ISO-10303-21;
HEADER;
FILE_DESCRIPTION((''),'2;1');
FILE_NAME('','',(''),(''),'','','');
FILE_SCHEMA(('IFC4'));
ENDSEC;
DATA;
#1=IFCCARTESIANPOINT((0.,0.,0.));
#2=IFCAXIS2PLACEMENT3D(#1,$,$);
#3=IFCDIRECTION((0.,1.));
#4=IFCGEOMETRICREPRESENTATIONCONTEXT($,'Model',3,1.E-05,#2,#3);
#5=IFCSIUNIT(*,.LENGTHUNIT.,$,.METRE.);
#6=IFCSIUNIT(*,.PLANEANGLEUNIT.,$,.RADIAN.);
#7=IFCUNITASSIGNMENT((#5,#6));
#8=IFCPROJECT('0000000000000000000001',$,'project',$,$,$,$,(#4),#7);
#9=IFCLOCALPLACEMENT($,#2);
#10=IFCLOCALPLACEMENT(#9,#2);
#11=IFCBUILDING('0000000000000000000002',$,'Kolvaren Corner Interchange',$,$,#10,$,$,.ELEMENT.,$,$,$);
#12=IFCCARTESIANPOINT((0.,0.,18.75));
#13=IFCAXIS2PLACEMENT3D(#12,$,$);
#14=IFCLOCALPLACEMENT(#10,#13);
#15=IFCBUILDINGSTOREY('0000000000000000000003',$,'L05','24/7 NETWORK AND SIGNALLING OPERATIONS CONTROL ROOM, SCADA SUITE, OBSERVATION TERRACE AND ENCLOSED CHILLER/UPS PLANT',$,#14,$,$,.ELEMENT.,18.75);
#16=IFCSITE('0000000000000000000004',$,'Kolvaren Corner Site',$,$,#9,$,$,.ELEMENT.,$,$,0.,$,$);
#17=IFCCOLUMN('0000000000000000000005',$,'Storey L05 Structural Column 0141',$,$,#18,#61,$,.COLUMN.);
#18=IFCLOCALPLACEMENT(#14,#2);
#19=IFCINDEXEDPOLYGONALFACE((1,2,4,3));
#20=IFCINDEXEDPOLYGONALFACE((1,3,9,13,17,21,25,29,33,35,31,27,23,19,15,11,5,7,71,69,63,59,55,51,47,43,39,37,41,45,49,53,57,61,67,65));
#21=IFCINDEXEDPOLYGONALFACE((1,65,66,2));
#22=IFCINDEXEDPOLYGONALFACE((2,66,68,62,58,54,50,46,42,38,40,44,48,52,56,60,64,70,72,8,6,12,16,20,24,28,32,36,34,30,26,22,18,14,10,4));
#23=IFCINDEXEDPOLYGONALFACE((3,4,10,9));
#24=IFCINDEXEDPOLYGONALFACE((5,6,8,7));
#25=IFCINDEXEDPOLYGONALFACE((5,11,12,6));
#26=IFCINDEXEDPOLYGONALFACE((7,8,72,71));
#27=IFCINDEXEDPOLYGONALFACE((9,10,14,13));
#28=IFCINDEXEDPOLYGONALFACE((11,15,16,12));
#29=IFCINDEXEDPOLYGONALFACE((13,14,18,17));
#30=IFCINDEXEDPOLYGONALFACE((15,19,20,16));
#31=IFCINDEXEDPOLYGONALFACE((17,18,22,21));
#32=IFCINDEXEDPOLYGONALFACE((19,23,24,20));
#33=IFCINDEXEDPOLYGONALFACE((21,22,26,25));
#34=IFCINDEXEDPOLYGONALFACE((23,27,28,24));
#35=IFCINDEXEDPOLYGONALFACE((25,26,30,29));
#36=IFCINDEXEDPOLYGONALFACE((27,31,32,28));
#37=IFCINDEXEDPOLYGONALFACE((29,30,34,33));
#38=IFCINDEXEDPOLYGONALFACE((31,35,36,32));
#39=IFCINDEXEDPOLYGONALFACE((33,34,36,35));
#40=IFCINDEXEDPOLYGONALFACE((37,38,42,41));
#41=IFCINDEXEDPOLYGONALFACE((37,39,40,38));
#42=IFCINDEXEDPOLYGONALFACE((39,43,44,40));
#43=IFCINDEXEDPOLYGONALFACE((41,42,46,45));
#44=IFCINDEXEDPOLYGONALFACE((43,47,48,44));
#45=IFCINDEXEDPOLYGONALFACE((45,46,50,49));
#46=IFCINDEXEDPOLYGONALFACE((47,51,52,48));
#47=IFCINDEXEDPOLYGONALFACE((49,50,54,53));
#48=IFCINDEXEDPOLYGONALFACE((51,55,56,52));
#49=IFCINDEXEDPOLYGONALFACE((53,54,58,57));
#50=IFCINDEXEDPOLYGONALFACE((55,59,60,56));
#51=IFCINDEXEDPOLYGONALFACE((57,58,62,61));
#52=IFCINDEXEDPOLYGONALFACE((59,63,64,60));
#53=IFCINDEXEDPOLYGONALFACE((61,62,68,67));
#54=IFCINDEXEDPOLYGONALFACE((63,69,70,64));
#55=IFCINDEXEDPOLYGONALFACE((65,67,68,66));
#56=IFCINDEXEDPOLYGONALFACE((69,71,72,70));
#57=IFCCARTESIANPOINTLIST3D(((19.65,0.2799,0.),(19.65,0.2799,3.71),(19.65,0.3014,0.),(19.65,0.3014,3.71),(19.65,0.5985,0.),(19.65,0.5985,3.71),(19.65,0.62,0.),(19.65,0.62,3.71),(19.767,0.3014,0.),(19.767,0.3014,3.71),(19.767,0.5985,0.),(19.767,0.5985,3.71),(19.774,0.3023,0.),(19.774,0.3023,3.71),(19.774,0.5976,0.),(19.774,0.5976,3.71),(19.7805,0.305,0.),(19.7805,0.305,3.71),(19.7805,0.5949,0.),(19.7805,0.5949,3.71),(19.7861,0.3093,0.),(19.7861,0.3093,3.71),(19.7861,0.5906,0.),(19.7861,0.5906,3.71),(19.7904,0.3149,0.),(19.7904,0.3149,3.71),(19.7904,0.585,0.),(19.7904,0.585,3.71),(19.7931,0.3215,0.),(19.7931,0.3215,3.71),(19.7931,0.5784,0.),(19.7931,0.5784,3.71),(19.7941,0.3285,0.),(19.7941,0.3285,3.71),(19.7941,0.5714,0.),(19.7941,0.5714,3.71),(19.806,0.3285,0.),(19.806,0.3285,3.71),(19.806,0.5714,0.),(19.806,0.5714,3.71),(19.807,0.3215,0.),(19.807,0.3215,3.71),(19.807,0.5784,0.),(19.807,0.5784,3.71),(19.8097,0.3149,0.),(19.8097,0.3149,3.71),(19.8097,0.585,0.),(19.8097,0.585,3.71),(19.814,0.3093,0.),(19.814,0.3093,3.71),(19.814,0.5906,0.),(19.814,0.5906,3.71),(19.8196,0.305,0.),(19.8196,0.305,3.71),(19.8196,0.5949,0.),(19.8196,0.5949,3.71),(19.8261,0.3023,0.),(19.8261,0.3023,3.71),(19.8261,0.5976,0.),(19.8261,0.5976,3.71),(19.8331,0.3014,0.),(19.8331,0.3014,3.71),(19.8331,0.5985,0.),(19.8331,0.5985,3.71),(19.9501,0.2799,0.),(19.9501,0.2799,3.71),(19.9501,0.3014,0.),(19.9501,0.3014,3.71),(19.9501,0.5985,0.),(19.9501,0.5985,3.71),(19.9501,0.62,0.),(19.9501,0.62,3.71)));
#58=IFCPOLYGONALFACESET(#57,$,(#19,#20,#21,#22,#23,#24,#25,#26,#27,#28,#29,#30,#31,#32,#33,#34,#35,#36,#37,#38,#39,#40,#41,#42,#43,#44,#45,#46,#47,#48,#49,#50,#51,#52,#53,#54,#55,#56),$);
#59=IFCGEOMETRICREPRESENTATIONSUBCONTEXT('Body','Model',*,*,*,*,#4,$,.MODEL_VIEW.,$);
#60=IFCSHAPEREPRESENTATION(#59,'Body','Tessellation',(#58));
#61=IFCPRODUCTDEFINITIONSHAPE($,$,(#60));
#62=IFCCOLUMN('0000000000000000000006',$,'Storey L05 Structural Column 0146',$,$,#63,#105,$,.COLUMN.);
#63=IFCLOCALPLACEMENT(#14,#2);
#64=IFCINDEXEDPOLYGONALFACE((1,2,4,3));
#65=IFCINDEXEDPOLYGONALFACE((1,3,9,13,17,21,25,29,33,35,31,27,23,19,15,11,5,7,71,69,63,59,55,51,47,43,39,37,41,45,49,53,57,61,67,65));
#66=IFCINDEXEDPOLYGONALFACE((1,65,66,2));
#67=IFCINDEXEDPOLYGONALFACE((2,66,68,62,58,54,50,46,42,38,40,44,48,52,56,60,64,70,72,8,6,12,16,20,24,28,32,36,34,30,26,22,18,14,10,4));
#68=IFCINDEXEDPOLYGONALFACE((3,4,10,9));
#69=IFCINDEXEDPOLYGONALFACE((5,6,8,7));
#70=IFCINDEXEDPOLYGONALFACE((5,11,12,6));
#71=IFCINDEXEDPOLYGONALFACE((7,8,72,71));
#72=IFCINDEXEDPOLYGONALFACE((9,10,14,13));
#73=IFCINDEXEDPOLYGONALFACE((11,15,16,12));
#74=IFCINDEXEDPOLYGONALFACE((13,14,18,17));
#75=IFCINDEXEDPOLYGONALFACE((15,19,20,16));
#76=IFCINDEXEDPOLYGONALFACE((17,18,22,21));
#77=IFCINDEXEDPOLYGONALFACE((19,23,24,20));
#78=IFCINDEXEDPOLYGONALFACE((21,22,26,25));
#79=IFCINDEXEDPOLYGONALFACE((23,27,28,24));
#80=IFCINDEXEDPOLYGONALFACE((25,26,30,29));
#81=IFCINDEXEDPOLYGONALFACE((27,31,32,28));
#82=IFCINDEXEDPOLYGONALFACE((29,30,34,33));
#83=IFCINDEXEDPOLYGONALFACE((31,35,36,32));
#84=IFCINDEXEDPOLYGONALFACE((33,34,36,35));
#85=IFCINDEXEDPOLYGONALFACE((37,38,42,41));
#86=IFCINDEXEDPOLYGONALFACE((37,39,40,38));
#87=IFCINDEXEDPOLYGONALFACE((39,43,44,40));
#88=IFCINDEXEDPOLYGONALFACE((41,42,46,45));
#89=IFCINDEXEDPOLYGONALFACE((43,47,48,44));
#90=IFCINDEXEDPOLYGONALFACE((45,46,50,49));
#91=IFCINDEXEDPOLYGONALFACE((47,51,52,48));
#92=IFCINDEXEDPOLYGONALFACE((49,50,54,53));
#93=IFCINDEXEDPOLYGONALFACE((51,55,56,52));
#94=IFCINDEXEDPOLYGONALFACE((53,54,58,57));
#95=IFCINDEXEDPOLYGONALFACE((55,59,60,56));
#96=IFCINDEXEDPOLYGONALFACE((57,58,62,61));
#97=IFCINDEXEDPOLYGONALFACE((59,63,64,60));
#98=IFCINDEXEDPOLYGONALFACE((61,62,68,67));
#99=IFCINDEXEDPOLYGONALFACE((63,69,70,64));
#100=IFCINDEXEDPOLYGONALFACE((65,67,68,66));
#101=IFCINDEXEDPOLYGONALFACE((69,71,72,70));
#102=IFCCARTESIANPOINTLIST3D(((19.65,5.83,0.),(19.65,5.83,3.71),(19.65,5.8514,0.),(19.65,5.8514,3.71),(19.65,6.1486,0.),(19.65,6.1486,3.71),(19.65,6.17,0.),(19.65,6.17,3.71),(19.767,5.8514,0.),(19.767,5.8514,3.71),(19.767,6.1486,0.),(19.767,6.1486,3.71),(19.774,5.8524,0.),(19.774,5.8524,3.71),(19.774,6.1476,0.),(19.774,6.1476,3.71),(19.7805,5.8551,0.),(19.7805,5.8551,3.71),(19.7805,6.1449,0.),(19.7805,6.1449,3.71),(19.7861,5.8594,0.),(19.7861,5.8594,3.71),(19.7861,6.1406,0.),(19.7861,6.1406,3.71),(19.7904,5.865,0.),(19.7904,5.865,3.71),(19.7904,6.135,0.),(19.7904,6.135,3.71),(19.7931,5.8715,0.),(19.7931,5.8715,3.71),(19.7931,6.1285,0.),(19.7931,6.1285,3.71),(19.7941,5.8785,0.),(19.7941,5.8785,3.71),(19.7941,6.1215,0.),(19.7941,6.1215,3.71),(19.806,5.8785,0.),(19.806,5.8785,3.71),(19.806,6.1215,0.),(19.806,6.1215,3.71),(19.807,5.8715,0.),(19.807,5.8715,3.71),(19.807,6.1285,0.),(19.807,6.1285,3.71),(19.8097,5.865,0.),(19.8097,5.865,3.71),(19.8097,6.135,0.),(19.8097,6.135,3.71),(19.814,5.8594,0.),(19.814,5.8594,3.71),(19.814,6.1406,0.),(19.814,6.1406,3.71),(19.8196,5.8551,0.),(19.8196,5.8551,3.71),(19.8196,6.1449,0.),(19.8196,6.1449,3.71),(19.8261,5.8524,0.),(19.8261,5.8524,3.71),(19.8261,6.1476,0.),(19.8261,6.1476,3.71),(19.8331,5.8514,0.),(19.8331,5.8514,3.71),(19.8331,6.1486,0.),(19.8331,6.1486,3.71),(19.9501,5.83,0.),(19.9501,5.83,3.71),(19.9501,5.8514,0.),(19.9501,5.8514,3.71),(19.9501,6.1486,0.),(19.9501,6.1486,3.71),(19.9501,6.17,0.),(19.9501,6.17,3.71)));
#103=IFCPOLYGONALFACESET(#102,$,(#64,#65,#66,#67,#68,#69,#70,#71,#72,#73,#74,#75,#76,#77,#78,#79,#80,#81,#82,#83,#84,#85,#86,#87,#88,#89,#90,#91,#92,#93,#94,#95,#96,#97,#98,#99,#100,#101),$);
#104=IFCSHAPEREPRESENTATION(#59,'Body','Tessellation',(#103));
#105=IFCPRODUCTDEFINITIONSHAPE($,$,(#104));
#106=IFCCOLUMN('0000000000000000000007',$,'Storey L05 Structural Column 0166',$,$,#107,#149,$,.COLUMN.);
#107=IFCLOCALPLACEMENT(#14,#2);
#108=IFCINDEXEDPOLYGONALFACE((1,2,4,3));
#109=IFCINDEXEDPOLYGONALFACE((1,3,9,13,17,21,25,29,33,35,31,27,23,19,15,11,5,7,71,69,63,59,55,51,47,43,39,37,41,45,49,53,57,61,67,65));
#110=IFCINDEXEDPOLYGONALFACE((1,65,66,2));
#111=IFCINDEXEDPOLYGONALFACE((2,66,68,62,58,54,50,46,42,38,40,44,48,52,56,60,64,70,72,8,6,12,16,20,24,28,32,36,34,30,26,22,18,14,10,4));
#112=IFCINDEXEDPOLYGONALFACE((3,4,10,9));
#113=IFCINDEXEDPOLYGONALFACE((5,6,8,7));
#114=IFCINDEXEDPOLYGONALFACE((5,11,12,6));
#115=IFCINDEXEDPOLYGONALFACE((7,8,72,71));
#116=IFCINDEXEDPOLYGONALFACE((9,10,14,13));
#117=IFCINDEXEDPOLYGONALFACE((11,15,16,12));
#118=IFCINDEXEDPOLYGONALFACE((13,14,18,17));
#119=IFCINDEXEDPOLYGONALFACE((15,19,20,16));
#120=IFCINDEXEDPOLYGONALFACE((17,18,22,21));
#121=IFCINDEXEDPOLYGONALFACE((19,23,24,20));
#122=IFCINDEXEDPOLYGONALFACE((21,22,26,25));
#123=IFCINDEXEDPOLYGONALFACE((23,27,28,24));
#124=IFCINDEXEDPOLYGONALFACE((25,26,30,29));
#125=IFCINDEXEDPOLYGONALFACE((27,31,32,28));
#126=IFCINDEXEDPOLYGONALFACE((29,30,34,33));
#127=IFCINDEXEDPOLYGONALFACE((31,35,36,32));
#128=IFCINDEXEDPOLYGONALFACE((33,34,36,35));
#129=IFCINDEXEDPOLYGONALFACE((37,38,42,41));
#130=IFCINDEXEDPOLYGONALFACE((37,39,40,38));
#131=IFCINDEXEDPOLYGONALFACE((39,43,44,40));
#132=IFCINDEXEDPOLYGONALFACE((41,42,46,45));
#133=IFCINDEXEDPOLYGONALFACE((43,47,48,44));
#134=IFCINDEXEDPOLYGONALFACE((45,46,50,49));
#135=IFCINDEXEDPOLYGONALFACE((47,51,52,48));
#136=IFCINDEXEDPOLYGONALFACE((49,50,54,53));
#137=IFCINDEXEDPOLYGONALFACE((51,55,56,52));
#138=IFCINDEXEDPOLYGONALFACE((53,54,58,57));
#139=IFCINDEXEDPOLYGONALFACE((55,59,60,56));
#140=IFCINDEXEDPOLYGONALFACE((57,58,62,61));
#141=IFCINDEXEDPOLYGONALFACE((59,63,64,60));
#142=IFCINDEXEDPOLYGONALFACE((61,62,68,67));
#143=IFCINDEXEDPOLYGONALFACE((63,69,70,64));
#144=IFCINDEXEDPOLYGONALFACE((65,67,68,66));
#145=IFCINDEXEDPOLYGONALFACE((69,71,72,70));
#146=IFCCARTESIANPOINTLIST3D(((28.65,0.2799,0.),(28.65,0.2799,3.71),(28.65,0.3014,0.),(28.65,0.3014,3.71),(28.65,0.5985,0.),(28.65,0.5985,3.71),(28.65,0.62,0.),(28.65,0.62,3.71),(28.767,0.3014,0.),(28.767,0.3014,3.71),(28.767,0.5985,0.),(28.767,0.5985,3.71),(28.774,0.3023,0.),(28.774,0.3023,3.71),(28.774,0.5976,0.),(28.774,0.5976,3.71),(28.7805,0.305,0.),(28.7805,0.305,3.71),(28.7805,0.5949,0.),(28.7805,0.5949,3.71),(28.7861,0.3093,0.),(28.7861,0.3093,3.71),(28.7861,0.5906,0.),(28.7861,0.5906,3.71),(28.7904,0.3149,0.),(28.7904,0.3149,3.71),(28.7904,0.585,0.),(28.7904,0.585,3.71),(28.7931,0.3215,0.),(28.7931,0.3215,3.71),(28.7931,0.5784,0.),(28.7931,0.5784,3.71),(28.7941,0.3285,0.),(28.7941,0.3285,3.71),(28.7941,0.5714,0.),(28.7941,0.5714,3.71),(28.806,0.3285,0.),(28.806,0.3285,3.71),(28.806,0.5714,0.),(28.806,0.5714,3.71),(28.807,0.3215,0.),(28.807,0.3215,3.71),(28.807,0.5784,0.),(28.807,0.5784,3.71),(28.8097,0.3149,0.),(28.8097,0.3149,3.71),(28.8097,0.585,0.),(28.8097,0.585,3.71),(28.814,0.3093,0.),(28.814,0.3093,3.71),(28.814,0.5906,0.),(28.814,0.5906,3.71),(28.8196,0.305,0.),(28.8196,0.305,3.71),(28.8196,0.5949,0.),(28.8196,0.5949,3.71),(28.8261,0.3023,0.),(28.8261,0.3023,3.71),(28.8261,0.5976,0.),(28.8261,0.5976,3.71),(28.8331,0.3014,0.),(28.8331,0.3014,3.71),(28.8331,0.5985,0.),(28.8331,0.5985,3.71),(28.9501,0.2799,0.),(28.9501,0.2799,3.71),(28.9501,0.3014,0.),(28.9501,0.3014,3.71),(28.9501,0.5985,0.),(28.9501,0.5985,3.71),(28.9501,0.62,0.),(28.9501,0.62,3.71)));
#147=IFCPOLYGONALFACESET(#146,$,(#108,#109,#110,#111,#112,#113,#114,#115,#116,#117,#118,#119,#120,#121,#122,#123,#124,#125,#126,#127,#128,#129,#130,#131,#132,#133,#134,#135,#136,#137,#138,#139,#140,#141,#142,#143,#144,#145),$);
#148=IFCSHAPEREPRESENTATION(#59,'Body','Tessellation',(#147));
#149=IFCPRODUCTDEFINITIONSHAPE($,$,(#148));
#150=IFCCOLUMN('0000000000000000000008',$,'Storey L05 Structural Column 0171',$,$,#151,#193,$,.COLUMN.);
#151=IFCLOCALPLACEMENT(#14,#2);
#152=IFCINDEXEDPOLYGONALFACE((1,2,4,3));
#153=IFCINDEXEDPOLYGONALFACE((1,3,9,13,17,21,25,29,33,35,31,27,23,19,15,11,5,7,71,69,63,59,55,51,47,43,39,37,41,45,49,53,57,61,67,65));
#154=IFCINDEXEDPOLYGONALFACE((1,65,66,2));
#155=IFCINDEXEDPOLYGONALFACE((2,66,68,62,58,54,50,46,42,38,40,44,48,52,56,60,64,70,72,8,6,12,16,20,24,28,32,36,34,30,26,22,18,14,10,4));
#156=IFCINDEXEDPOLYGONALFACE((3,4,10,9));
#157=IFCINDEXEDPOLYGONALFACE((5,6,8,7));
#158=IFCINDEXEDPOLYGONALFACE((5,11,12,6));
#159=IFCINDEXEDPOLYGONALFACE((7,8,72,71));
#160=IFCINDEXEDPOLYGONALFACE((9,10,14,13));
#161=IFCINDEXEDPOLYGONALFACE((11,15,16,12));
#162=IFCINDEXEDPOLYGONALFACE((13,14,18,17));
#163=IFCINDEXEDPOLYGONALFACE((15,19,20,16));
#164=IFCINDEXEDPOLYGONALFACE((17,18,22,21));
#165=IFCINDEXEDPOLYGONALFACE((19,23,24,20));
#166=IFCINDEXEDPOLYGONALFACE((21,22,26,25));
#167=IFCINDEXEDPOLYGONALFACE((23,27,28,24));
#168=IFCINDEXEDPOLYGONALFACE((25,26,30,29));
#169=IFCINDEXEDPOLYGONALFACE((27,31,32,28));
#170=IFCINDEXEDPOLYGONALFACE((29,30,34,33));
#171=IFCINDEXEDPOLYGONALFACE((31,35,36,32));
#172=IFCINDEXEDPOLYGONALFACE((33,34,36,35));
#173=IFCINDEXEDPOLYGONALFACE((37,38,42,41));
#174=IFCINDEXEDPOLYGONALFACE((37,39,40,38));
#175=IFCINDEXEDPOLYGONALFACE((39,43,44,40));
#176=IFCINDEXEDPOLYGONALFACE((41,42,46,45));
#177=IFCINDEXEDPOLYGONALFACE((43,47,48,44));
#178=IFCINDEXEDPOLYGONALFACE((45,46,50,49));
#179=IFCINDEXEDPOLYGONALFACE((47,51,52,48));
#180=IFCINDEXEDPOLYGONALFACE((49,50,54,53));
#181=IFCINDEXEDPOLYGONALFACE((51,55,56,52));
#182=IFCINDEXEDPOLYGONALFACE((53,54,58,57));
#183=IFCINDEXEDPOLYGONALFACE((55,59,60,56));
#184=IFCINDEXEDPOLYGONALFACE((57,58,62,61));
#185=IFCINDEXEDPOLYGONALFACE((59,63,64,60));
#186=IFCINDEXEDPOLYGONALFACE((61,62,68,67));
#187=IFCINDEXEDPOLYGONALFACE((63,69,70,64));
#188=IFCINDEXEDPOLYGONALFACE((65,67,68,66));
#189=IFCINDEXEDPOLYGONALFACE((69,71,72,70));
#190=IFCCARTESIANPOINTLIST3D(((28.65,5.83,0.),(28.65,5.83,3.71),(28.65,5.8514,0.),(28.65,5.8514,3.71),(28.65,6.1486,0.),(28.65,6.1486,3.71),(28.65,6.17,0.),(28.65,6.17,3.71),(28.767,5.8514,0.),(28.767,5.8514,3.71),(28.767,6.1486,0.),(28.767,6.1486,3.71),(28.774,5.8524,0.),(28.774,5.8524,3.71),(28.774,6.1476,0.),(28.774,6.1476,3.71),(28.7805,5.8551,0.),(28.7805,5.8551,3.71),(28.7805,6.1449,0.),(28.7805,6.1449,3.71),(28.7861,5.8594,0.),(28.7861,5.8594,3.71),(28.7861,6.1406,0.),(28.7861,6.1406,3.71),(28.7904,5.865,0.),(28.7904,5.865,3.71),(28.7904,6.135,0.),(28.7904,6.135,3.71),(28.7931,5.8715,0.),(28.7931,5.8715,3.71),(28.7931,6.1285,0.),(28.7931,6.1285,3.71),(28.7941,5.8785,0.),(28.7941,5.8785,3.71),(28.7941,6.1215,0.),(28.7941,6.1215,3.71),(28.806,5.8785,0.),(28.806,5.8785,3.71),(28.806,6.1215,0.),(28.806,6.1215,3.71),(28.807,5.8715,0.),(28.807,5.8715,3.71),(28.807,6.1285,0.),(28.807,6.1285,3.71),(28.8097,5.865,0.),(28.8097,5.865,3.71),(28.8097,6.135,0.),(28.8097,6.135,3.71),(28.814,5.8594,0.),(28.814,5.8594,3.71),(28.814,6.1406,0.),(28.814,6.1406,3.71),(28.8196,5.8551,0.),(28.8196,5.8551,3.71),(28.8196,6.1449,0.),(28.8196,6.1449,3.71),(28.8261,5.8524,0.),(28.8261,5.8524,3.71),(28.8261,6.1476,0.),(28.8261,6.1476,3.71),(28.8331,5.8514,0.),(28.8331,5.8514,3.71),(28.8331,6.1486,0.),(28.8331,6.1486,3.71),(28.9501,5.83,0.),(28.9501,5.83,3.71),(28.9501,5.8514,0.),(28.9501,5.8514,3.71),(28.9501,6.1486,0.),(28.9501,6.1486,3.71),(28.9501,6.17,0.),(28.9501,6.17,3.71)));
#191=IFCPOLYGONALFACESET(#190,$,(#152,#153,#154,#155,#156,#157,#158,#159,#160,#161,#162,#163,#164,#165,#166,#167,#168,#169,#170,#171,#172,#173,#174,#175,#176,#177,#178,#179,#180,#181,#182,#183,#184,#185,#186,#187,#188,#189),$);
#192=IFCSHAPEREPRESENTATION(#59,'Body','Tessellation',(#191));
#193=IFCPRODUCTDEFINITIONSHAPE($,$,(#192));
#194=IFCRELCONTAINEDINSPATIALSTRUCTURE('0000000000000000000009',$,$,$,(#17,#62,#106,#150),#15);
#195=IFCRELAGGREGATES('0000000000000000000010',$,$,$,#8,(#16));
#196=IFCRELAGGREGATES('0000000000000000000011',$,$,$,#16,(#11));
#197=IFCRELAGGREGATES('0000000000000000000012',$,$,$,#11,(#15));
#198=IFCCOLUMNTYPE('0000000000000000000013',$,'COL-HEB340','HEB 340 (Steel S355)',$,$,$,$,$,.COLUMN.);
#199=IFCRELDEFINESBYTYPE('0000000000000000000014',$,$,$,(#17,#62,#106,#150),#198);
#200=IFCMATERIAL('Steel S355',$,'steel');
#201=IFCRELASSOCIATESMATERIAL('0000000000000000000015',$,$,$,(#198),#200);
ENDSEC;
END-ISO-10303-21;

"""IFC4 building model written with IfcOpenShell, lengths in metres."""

from ifc_helpers import new_model, si_unit, direction, frame, origin, origin_2d, place, context, subcontext, project, spatial, i_section, extrude, material, material_profile, profile_set, type_object, element, save


model = new_model("IFC4")

# Units and contexts
model_context = context("Model", 3, precision=1e-05, world=origin(), true_north=direction((0.0, 1.0)))
body_context = subcontext(model_context, "Body", "Model", "MODEL_VIEW")
ifc_project = project(units=[si_unit("LENGTHUNIT", "METRE"), si_unit("PLANEANGLEUNIT", "RADIAN")], contexts=[model_context])

# Site, building, storey
site_placement = place(None, origin())
site = spatial("IfcSite", under=ifc_project, at=site_placement, Name="Kolvaren Corner Site", CompositionType="ELEMENT", RefElevation=0.0)
building_placement = place(site_placement, origin())
building = spatial("IfcBuilding", under=site, at=building_placement, Name="Kolvaren Corner Interchange", CompositionType="ELEMENT")
storey_placement = place(building_placement, frame((0.0, 0.0, 18.75)))
storey = spatial("IfcBuildingStorey", under=building, at=storey_placement, Name="L05", Description="24/7 NETWORK AND SIGNALLING OPERATIONS CONTROL ROOM, SCADA SUITE, OBSERVATION TERRACE AND ENCLOSED CHILLER/UPS PLANT", CompositionType="ELEMENT", Elevation=18.75)

# Columns
ifc_material_1 = material(Name="Steel S355", Category="steel")
ifc_material_profile_1 = material_profile(ifc_material_1, i_section(OverallWidth=0.3, OverallDepth=0.3401, WebThickness=0.012, FlangeThickness=0.0215, FilletRadius=0.0271, at=origin_2d()), Name="HEB 340")
ifc_profile_set_1 = profile_set([ifc_material_profile_1], Name="Steel S355")
column_type = type_object("IfcColumnType", Name="COL-HEB340", Description="HEB 340 (Steel S355)", PredefinedType="COLUMN", material=ifc_profile_set_1)
for number, where, z_axis, x_axis, name in (
    (1, (19.8, 0.45, 0.0), (0.0, 0.0, 1.0), (1.0, 0.0, 0.0), "Storey L05 Structural Column 0141"),
    (2, (19.8, 6.0, 0.0), (0.0, 0.0, 1.0), (1.0, 0.0, 0.0), "Storey L05 Structural Column 0146"),
    (3, (28.8, 0.45, 0.0), (0.0, 0.0, 1.0), (1.0, 0.0, 0.0), "Storey L05 Structural Column 0166"),
    (4, (28.8, 6.0, 0.0), (0.0, 0.0, 1.0), (1.0, 0.0, 0.0), "Storey L05 Structural Column 0171"),
):
    element("IfcColumn", number, at=place(storey_placement, frame(where, z_axis=z_axis, x_axis=x_axis)), inside=storey, type_object=column_type, Name=name, PredefinedType="COLUMN", context=body_context, shape_type="SweptSolid", body=[
        extrude(i_section(OverallWidth=0.3, OverallDepth=0.3401, WebThickness=0.012, FlangeThickness=0.0215, FilletRadius=0.0271, at=origin_2d()), origin(), (0.0, 0.0, 1.0), 3.71),
    ])

save(model, "model.ifc")
